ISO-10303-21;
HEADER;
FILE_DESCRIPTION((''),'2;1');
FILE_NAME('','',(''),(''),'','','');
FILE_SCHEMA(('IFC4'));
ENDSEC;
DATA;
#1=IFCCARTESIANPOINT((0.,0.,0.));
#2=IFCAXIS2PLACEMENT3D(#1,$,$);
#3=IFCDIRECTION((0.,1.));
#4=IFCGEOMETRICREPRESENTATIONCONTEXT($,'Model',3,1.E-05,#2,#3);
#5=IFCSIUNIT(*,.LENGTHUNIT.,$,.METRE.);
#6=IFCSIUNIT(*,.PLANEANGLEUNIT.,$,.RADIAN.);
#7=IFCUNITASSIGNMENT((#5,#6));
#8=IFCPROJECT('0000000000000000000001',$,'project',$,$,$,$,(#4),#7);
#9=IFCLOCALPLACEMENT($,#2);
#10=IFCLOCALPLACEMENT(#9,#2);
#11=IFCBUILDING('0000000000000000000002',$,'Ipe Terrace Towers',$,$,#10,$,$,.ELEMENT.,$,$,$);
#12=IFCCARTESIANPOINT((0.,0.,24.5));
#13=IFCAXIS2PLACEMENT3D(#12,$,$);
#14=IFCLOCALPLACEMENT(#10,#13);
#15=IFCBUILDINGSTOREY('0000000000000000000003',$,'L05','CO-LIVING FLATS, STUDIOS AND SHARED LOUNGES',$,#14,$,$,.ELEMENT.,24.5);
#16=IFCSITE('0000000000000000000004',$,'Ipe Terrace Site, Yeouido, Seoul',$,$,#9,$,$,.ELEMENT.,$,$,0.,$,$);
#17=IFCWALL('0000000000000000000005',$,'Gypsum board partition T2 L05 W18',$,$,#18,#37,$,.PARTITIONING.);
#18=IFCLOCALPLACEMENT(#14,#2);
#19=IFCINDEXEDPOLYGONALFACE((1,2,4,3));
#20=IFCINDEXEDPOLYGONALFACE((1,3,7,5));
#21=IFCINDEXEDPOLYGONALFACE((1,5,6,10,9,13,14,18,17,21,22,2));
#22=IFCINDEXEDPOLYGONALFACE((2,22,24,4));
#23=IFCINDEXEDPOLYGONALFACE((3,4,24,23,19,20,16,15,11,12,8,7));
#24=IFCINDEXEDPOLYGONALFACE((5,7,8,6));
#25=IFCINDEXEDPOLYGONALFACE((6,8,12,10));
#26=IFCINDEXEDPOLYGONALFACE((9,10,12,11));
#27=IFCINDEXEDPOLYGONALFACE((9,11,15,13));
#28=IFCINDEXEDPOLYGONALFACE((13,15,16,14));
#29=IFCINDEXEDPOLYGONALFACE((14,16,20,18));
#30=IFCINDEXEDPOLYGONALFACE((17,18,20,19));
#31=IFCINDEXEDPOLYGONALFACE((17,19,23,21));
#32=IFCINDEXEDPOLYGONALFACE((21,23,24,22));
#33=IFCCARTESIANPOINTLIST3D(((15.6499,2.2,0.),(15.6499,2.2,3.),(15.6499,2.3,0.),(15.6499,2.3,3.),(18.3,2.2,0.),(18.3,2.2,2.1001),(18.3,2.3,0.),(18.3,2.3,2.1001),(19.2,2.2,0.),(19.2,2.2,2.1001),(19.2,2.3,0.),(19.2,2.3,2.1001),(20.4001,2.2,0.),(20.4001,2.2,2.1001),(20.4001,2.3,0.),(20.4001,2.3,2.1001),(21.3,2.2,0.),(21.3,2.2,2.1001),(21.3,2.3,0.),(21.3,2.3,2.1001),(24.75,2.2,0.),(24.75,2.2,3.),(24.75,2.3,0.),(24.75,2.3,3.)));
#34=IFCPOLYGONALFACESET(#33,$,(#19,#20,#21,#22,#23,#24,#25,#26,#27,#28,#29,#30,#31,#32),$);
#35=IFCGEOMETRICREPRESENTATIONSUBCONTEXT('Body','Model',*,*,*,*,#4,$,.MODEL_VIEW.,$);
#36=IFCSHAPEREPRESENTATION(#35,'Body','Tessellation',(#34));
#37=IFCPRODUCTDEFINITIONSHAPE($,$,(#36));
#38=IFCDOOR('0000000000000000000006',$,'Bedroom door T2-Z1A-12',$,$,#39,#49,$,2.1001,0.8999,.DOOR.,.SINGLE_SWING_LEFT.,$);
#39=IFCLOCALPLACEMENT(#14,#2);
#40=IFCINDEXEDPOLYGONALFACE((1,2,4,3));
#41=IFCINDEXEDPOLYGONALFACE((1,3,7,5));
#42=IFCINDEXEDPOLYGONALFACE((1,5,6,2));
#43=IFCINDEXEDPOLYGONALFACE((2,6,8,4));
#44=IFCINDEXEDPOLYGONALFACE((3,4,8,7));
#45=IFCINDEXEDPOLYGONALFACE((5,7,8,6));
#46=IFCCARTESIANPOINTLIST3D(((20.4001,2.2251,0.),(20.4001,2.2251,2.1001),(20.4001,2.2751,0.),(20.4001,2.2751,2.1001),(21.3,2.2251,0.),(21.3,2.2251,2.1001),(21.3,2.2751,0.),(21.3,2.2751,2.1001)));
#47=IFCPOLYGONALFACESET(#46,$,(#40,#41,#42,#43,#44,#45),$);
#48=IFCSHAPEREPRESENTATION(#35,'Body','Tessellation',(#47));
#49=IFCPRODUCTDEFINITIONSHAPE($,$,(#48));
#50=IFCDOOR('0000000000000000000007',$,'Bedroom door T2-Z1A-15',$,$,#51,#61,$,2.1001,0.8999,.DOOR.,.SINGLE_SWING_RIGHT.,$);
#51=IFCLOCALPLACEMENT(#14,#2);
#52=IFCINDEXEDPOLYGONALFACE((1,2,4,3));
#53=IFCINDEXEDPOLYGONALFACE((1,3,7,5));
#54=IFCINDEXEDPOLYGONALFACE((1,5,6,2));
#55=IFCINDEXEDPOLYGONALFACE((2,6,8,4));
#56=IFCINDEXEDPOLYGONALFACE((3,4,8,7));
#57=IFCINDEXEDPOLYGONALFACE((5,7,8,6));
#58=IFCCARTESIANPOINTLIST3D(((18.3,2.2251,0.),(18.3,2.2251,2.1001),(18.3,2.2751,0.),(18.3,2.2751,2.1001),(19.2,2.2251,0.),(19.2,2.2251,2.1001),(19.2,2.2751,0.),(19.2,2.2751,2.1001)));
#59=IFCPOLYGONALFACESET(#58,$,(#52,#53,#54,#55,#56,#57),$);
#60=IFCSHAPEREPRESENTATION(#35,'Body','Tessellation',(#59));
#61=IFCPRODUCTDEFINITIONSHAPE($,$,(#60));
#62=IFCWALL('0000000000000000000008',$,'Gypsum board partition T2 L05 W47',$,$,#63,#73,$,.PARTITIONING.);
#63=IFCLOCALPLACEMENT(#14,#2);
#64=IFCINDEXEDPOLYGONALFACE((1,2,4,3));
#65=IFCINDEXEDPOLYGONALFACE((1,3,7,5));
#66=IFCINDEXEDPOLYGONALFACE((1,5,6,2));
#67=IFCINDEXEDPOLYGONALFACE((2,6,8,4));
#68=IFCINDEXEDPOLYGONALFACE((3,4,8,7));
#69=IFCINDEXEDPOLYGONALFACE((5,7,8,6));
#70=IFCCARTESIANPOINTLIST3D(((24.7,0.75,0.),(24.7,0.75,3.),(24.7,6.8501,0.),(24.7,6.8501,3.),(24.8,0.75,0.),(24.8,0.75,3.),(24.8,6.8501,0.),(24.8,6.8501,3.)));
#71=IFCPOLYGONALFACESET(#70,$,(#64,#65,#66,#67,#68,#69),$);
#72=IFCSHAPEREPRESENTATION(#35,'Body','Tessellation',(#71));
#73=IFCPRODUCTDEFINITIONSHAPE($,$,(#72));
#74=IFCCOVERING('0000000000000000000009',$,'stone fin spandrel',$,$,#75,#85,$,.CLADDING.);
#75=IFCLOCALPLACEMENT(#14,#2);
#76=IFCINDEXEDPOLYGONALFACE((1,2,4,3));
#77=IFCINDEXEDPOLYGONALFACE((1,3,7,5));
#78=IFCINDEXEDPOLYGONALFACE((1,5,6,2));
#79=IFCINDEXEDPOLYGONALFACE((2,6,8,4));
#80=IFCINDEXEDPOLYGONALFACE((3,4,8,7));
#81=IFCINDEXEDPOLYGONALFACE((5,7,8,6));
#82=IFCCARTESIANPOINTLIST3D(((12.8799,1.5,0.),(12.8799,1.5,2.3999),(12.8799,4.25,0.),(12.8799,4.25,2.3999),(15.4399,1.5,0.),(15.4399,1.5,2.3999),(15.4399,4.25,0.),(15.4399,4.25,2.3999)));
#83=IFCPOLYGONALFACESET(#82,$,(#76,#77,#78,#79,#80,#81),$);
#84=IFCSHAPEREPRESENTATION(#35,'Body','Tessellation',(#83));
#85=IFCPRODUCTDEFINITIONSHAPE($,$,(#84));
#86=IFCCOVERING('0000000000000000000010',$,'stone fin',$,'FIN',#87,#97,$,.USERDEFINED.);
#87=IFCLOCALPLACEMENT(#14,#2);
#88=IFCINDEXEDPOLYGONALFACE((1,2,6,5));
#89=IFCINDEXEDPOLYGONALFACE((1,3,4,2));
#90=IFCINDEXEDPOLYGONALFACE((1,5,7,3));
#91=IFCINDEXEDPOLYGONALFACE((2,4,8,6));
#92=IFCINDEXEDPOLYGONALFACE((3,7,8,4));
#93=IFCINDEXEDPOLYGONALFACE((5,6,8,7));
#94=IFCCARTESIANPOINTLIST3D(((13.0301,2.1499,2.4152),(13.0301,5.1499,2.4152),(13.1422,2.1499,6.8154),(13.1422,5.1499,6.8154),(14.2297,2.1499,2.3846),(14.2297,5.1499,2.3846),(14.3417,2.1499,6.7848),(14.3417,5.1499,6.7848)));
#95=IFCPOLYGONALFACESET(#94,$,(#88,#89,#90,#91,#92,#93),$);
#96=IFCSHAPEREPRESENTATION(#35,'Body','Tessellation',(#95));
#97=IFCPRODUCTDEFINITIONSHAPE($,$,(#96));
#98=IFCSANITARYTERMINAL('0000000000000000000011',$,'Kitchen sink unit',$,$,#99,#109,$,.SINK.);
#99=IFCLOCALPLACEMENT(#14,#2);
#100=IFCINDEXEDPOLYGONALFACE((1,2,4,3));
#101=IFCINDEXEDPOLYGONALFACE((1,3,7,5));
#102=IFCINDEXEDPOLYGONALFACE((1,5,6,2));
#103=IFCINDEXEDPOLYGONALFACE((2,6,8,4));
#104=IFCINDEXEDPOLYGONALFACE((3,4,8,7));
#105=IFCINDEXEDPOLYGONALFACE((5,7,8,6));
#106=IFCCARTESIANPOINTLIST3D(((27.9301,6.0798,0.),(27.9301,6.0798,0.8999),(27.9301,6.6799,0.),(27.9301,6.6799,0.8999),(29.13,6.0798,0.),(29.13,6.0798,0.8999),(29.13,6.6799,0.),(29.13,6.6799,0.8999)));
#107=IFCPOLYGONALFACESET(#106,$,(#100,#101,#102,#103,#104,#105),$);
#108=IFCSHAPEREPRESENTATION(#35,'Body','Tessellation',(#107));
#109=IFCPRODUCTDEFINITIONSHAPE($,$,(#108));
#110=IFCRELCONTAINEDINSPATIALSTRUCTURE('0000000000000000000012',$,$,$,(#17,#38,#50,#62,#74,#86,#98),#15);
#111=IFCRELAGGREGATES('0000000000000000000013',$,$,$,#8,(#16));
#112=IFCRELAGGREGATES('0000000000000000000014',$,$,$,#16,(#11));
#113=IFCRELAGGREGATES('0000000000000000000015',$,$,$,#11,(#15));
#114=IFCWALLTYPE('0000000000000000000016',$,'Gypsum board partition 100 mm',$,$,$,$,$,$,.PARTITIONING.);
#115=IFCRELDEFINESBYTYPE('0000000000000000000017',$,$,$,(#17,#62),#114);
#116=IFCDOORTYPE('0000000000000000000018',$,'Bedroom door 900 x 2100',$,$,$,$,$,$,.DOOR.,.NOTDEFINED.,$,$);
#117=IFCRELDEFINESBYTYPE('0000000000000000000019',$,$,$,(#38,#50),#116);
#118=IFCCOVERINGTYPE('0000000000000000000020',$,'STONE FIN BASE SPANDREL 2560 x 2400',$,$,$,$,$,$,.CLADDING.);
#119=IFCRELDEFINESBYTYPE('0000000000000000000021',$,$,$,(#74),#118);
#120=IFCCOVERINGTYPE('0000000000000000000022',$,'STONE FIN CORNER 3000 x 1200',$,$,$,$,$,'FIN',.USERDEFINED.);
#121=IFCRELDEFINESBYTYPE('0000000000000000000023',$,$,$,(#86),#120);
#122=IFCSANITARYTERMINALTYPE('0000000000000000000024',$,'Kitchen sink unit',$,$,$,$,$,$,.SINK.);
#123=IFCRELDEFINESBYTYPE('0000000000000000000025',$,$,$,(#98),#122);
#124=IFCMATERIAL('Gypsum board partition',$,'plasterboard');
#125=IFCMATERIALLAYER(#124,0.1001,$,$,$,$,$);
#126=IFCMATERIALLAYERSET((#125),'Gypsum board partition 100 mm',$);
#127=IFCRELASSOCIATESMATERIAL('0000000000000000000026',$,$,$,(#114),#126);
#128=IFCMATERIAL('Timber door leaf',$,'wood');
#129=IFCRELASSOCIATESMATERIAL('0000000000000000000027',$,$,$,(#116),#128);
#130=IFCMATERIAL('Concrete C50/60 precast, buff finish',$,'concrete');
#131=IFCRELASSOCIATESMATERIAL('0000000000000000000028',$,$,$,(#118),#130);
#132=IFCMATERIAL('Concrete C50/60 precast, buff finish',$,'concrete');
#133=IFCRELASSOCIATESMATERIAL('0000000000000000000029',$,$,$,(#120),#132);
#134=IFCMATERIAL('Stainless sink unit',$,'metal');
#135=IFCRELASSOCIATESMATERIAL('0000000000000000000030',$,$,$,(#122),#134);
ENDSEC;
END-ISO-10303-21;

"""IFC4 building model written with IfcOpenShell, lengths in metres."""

from ifc_helpers import new_model, si_unit, direction, frame, frame_2d, origin, origin_2d, place, context, subcontext, project, spatial, rectangle, extrude, material, layer, layer_set, material_profile, profile_set, type_object, element, fill, save


model = new_model("IFC4")

# Units and contexts
model_context = context("Model", 3, precision=1e-05, world=origin(), true_north=direction((0.0, 1.0)))
body_context = subcontext(model_context, "Body", "Model", "MODEL_VIEW")
ifc_project = project(units=[si_unit("LENGTHUNIT", "METRE"), si_unit("PLANEANGLEUNIT", "RADIAN")], contexts=[model_context])

# Site, building, storey
site_placement = place(None, origin())
site = spatial("IfcSite", under=ifc_project, at=site_placement, Name="Ipe Terrace Site, Yeouido, Seoul", CompositionType="ELEMENT", RefElevation=0.0)
building_placement = place(site_placement, origin())
building = spatial("IfcBuilding", under=site, at=building_placement, Name="Ipe Terrace Towers", CompositionType="ELEMENT")
storey_placement = place(building_placement, frame((0.0, 0.0, 24.5)))
storey = spatial("IfcBuildingStorey", under=building, at=storey_placement, Name="L05", Description="CO-LIVING FLATS, STUDIOS AND SHARED LOUNGES", CompositionType="ELEMENT", Elevation=24.5)

# Shared definitions
ifc_material_1 = material(Name="Gypsum board partition", Category="plasterboard")
ifc_layer_1 = layer(ifc_material_1, 0.1001)
ifc_layer_set_1 = layer_set([ifc_layer_1], Name="Gypsum board partition 100 mm")
wall_type_1 = type_object("IfcWallType", Name="Gypsum board partition 100 mm", PredefinedType="PARTITIONING", material=ifc_layer_set_1)

# Wall, openings, doors
wall_1_placement = place(storey_placement, frame((24.75, 2.25, 0.0), z_axis=(0.0, 0.0, 1.0), x_axis=(-1.0, 0.0, 0.0)))
wall_1 = element("IfcWall", 1, at=wall_1_placement, inside=storey, type_object=wall_type_1, Name="Gypsum board partition T2 L05 W18", PredefinedType="PARTITIONING", context=body_context, shape_type="SweptSolid", body=[
    extrude(rectangle(XDim=9.1001, YDim=0.1001, at=frame_2d((4.55, 0.0))), origin(), (0.0, 0.0, 1.0), 3.0),
])
opening_1_placement = place(wall_1_placement, frame((3.45, 0.0, 0.0)))
opening_1 = element("IfcOpeningElement", 2, at=opening_1_placement, cuts=wall_1, PredefinedType="OPENING", context=body_context, shape_type="SweptSolid", body=[
    extrude(rectangle(XDim=0.8999, YDim=2.1001, at=frame_2d((0.45, 1.05))), frame((0.0, 0.0601, 0.0), z_axis=(0.0, -1.0, 0.0), x_axis=(1.0, 0.0, 0.0)), (0.0, 0.0, 1.0), 0.1201),
])
opening_2_placement = place(wall_1_placement, frame((5.55, 0.0, 0.0)))
opening_2 = element("IfcOpeningElement", 3, at=opening_2_placement, cuts=wall_1, PredefinedType="OPENING", context=body_context, shape_type="SweptSolid", body=[
    extrude(rectangle(XDim=0.8999, YDim=2.1001, at=frame_2d((0.45, 1.05))), frame((0.0, 0.0601, 0.0), z_axis=(0.0, -1.0, 0.0), x_axis=(1.0, 0.0, 0.0)), (0.0, 0.0, 1.0), 0.1201),
])
ifc_material_2 = material(Name="Timber door leaf", Category="wood")
door_type_1 = type_object("IfcDoorType", Name="Bedroom door 900 x 2100", OperationType="NOTDEFINED", PredefinedType="DOOR", material=ifc_material_2)
door_1_placement = place(opening_1_placement, origin())
door_1 = element("IfcDoor", 4, at=door_1_placement, inside=storey, type_object=door_type_1, Name="Bedroom door T2-Z1A-12", OperationType="SINGLE_SWING_LEFT", OverallHeight=2.1001, OverallWidth=0.8999, PredefinedType="DOOR", context=body_context, shape_type="SweptSolid", body=[
    extrude(rectangle(XDim=0.8999, YDim=2.1001, at=frame_2d((0.45, 1.05))), frame((0.0, 0.0249, 0.0), z_axis=(0.0, -1.0, 0.0), x_axis=(1.0, 0.0, 0.0)), (0.0, 0.0, 1.0), 0.05),
])
fill(opening_1, door_1)
door_2_placement = place(opening_2_placement, origin())
door_2 = element("IfcDoor", 5, at=door_2_placement, inside=storey, type_object=door_type_1, Name="Bedroom door T2-Z1A-15", OperationType="SINGLE_SWING_RIGHT", OverallHeight=2.1001, OverallWidth=0.8999, PredefinedType="DOOR", context=body_context, shape_type="SweptSolid", body=[
    extrude(rectangle(XDim=0.8999, YDim=2.1001, at=frame_2d((0.45, 1.05))), frame((0.0, 0.0249, 0.0), z_axis=(0.0, -1.0, 0.0), x_axis=(1.0, 0.0, 0.0)), (0.0, 0.0, 1.0), 0.05),
])
fill(opening_2, door_2)

# Wall
wall_2_placement = place(storey_placement, frame((24.75, 0.75, 0.0), z_axis=(0.0, 0.0, 1.0), x_axis=(0.0, 1.0, 0.0)))
element("IfcWall", 6, at=wall_2_placement, inside=storey, type_object=wall_type_1, Name="Gypsum board partition T2 L05 W47", PredefinedType="PARTITIONING", context=body_context, shape_type="SweptSolid", body=[
    extrude(rectangle(XDim=6.1001, YDim=0.1001, at=frame_2d((3.05, 0.0))), origin(), (0.0, 0.0, 1.0), 3.0),
])

# Coverings
ifc_material_3 = material(Name="Concrete C50/60 precast, buff finish", Category="concrete")
ifc_material_profile_1 = material_profile(ifc_material_3, rectangle(XDim=2.5601, YDim=2.3999, at=origin_2d()), Name="STONE FIN BASE SPANDREL 2560 x 2400")
ifc_profile_set_1 = profile_set([ifc_material_profile_1], Name="Concrete C50/60 precast, buff finish")
covering_type_1 = type_object("IfcCoveringType", Name="STONE FIN BASE SPANDREL 2560 x 2400", PredefinedType="CLADDING", material=ifc_profile_set_1)
covering_1_placement = place(storey_placement, frame((14.1599, 4.25, 1.2), z_axis=(0.0, -1.0, 0.0), x_axis=(-1.0, 0.0, 0.0)))
element("IfcCovering", 7, at=covering_1_placement, inside=storey, type_object=covering_type_1, Name="stone fin spandrel", PredefinedType="CLADDING", context=body_context, shape_type="SweptSolid", body=[
    extrude(rectangle(XDim=2.5601, YDim=2.3999, at=origin_2d()), origin(), (0.0, 0.0, 1.0), 2.75),
])
ifc_material_4 = material(Name="Concrete C50/60 precast, buff finish", Category="concrete")
ifc_material_profile_2 = material_profile(ifc_material_4, rectangle(XDim=3.0, YDim=1.2, at=origin_2d()), Name="STONE FIN CORNER 3000 x 1200")
ifc_profile_set_2 = profile_set([ifc_material_profile_2], Name="Concrete C50/60 precast, buff finish")
covering_type_2 = type_object("IfcCoveringType", Name="STONE FIN CORNER 3000 x 1200", ElementType="FIN", PredefinedType="USERDEFINED", material=ifc_profile_set_2)
covering_2_placement = place(storey_placement, frame((13.6299, 3.6499, 2.3999), z_axis=(0.025459, 0.0, 0.999676), x_axis=(0.0, -1.0, 0.0)))
element("IfcCovering", 8, at=covering_2_placement, inside=storey, type_object=covering_type_2, Name="stone fin", ObjectType="FIN", PredefinedType="USERDEFINED", context=body_context, shape_type="SweptSolid", body=[
    extrude(rectangle(XDim=3.0, YDim=1.2, at=origin_2d()), origin(), (0.0, 0.0, 1.0), 4.4016),
])

# Sanitary terminal
ifc_material_5 = material(Name="Stainless sink unit", Category="metal")
sanitary_terminal_type = type_object("IfcSanitaryTerminalType", Name="Kitchen sink unit", PredefinedType="SINK", material=ifc_material_5)
sanitary_terminal_placement = place(storey_placement, frame((28.53, 6.3799, 0.0), z_axis=(0.0, 0.0, 1.0), x_axis=(1.0, 0.0, 0.0)))
element("IfcSanitaryTerminal", 9, at=sanitary_terminal_placement, inside=storey, type_object=sanitary_terminal_type, Name="Kitchen sink unit", PredefinedType="SINK", context=body_context, shape_type="SweptSolid", body=[
    extrude(rectangle(XDim=1.2, YDim=0.6001, at=origin_2d()), origin(), (0.0, 0.0, 1.0), 0.8999),
])

save(model, "model.ifc")
